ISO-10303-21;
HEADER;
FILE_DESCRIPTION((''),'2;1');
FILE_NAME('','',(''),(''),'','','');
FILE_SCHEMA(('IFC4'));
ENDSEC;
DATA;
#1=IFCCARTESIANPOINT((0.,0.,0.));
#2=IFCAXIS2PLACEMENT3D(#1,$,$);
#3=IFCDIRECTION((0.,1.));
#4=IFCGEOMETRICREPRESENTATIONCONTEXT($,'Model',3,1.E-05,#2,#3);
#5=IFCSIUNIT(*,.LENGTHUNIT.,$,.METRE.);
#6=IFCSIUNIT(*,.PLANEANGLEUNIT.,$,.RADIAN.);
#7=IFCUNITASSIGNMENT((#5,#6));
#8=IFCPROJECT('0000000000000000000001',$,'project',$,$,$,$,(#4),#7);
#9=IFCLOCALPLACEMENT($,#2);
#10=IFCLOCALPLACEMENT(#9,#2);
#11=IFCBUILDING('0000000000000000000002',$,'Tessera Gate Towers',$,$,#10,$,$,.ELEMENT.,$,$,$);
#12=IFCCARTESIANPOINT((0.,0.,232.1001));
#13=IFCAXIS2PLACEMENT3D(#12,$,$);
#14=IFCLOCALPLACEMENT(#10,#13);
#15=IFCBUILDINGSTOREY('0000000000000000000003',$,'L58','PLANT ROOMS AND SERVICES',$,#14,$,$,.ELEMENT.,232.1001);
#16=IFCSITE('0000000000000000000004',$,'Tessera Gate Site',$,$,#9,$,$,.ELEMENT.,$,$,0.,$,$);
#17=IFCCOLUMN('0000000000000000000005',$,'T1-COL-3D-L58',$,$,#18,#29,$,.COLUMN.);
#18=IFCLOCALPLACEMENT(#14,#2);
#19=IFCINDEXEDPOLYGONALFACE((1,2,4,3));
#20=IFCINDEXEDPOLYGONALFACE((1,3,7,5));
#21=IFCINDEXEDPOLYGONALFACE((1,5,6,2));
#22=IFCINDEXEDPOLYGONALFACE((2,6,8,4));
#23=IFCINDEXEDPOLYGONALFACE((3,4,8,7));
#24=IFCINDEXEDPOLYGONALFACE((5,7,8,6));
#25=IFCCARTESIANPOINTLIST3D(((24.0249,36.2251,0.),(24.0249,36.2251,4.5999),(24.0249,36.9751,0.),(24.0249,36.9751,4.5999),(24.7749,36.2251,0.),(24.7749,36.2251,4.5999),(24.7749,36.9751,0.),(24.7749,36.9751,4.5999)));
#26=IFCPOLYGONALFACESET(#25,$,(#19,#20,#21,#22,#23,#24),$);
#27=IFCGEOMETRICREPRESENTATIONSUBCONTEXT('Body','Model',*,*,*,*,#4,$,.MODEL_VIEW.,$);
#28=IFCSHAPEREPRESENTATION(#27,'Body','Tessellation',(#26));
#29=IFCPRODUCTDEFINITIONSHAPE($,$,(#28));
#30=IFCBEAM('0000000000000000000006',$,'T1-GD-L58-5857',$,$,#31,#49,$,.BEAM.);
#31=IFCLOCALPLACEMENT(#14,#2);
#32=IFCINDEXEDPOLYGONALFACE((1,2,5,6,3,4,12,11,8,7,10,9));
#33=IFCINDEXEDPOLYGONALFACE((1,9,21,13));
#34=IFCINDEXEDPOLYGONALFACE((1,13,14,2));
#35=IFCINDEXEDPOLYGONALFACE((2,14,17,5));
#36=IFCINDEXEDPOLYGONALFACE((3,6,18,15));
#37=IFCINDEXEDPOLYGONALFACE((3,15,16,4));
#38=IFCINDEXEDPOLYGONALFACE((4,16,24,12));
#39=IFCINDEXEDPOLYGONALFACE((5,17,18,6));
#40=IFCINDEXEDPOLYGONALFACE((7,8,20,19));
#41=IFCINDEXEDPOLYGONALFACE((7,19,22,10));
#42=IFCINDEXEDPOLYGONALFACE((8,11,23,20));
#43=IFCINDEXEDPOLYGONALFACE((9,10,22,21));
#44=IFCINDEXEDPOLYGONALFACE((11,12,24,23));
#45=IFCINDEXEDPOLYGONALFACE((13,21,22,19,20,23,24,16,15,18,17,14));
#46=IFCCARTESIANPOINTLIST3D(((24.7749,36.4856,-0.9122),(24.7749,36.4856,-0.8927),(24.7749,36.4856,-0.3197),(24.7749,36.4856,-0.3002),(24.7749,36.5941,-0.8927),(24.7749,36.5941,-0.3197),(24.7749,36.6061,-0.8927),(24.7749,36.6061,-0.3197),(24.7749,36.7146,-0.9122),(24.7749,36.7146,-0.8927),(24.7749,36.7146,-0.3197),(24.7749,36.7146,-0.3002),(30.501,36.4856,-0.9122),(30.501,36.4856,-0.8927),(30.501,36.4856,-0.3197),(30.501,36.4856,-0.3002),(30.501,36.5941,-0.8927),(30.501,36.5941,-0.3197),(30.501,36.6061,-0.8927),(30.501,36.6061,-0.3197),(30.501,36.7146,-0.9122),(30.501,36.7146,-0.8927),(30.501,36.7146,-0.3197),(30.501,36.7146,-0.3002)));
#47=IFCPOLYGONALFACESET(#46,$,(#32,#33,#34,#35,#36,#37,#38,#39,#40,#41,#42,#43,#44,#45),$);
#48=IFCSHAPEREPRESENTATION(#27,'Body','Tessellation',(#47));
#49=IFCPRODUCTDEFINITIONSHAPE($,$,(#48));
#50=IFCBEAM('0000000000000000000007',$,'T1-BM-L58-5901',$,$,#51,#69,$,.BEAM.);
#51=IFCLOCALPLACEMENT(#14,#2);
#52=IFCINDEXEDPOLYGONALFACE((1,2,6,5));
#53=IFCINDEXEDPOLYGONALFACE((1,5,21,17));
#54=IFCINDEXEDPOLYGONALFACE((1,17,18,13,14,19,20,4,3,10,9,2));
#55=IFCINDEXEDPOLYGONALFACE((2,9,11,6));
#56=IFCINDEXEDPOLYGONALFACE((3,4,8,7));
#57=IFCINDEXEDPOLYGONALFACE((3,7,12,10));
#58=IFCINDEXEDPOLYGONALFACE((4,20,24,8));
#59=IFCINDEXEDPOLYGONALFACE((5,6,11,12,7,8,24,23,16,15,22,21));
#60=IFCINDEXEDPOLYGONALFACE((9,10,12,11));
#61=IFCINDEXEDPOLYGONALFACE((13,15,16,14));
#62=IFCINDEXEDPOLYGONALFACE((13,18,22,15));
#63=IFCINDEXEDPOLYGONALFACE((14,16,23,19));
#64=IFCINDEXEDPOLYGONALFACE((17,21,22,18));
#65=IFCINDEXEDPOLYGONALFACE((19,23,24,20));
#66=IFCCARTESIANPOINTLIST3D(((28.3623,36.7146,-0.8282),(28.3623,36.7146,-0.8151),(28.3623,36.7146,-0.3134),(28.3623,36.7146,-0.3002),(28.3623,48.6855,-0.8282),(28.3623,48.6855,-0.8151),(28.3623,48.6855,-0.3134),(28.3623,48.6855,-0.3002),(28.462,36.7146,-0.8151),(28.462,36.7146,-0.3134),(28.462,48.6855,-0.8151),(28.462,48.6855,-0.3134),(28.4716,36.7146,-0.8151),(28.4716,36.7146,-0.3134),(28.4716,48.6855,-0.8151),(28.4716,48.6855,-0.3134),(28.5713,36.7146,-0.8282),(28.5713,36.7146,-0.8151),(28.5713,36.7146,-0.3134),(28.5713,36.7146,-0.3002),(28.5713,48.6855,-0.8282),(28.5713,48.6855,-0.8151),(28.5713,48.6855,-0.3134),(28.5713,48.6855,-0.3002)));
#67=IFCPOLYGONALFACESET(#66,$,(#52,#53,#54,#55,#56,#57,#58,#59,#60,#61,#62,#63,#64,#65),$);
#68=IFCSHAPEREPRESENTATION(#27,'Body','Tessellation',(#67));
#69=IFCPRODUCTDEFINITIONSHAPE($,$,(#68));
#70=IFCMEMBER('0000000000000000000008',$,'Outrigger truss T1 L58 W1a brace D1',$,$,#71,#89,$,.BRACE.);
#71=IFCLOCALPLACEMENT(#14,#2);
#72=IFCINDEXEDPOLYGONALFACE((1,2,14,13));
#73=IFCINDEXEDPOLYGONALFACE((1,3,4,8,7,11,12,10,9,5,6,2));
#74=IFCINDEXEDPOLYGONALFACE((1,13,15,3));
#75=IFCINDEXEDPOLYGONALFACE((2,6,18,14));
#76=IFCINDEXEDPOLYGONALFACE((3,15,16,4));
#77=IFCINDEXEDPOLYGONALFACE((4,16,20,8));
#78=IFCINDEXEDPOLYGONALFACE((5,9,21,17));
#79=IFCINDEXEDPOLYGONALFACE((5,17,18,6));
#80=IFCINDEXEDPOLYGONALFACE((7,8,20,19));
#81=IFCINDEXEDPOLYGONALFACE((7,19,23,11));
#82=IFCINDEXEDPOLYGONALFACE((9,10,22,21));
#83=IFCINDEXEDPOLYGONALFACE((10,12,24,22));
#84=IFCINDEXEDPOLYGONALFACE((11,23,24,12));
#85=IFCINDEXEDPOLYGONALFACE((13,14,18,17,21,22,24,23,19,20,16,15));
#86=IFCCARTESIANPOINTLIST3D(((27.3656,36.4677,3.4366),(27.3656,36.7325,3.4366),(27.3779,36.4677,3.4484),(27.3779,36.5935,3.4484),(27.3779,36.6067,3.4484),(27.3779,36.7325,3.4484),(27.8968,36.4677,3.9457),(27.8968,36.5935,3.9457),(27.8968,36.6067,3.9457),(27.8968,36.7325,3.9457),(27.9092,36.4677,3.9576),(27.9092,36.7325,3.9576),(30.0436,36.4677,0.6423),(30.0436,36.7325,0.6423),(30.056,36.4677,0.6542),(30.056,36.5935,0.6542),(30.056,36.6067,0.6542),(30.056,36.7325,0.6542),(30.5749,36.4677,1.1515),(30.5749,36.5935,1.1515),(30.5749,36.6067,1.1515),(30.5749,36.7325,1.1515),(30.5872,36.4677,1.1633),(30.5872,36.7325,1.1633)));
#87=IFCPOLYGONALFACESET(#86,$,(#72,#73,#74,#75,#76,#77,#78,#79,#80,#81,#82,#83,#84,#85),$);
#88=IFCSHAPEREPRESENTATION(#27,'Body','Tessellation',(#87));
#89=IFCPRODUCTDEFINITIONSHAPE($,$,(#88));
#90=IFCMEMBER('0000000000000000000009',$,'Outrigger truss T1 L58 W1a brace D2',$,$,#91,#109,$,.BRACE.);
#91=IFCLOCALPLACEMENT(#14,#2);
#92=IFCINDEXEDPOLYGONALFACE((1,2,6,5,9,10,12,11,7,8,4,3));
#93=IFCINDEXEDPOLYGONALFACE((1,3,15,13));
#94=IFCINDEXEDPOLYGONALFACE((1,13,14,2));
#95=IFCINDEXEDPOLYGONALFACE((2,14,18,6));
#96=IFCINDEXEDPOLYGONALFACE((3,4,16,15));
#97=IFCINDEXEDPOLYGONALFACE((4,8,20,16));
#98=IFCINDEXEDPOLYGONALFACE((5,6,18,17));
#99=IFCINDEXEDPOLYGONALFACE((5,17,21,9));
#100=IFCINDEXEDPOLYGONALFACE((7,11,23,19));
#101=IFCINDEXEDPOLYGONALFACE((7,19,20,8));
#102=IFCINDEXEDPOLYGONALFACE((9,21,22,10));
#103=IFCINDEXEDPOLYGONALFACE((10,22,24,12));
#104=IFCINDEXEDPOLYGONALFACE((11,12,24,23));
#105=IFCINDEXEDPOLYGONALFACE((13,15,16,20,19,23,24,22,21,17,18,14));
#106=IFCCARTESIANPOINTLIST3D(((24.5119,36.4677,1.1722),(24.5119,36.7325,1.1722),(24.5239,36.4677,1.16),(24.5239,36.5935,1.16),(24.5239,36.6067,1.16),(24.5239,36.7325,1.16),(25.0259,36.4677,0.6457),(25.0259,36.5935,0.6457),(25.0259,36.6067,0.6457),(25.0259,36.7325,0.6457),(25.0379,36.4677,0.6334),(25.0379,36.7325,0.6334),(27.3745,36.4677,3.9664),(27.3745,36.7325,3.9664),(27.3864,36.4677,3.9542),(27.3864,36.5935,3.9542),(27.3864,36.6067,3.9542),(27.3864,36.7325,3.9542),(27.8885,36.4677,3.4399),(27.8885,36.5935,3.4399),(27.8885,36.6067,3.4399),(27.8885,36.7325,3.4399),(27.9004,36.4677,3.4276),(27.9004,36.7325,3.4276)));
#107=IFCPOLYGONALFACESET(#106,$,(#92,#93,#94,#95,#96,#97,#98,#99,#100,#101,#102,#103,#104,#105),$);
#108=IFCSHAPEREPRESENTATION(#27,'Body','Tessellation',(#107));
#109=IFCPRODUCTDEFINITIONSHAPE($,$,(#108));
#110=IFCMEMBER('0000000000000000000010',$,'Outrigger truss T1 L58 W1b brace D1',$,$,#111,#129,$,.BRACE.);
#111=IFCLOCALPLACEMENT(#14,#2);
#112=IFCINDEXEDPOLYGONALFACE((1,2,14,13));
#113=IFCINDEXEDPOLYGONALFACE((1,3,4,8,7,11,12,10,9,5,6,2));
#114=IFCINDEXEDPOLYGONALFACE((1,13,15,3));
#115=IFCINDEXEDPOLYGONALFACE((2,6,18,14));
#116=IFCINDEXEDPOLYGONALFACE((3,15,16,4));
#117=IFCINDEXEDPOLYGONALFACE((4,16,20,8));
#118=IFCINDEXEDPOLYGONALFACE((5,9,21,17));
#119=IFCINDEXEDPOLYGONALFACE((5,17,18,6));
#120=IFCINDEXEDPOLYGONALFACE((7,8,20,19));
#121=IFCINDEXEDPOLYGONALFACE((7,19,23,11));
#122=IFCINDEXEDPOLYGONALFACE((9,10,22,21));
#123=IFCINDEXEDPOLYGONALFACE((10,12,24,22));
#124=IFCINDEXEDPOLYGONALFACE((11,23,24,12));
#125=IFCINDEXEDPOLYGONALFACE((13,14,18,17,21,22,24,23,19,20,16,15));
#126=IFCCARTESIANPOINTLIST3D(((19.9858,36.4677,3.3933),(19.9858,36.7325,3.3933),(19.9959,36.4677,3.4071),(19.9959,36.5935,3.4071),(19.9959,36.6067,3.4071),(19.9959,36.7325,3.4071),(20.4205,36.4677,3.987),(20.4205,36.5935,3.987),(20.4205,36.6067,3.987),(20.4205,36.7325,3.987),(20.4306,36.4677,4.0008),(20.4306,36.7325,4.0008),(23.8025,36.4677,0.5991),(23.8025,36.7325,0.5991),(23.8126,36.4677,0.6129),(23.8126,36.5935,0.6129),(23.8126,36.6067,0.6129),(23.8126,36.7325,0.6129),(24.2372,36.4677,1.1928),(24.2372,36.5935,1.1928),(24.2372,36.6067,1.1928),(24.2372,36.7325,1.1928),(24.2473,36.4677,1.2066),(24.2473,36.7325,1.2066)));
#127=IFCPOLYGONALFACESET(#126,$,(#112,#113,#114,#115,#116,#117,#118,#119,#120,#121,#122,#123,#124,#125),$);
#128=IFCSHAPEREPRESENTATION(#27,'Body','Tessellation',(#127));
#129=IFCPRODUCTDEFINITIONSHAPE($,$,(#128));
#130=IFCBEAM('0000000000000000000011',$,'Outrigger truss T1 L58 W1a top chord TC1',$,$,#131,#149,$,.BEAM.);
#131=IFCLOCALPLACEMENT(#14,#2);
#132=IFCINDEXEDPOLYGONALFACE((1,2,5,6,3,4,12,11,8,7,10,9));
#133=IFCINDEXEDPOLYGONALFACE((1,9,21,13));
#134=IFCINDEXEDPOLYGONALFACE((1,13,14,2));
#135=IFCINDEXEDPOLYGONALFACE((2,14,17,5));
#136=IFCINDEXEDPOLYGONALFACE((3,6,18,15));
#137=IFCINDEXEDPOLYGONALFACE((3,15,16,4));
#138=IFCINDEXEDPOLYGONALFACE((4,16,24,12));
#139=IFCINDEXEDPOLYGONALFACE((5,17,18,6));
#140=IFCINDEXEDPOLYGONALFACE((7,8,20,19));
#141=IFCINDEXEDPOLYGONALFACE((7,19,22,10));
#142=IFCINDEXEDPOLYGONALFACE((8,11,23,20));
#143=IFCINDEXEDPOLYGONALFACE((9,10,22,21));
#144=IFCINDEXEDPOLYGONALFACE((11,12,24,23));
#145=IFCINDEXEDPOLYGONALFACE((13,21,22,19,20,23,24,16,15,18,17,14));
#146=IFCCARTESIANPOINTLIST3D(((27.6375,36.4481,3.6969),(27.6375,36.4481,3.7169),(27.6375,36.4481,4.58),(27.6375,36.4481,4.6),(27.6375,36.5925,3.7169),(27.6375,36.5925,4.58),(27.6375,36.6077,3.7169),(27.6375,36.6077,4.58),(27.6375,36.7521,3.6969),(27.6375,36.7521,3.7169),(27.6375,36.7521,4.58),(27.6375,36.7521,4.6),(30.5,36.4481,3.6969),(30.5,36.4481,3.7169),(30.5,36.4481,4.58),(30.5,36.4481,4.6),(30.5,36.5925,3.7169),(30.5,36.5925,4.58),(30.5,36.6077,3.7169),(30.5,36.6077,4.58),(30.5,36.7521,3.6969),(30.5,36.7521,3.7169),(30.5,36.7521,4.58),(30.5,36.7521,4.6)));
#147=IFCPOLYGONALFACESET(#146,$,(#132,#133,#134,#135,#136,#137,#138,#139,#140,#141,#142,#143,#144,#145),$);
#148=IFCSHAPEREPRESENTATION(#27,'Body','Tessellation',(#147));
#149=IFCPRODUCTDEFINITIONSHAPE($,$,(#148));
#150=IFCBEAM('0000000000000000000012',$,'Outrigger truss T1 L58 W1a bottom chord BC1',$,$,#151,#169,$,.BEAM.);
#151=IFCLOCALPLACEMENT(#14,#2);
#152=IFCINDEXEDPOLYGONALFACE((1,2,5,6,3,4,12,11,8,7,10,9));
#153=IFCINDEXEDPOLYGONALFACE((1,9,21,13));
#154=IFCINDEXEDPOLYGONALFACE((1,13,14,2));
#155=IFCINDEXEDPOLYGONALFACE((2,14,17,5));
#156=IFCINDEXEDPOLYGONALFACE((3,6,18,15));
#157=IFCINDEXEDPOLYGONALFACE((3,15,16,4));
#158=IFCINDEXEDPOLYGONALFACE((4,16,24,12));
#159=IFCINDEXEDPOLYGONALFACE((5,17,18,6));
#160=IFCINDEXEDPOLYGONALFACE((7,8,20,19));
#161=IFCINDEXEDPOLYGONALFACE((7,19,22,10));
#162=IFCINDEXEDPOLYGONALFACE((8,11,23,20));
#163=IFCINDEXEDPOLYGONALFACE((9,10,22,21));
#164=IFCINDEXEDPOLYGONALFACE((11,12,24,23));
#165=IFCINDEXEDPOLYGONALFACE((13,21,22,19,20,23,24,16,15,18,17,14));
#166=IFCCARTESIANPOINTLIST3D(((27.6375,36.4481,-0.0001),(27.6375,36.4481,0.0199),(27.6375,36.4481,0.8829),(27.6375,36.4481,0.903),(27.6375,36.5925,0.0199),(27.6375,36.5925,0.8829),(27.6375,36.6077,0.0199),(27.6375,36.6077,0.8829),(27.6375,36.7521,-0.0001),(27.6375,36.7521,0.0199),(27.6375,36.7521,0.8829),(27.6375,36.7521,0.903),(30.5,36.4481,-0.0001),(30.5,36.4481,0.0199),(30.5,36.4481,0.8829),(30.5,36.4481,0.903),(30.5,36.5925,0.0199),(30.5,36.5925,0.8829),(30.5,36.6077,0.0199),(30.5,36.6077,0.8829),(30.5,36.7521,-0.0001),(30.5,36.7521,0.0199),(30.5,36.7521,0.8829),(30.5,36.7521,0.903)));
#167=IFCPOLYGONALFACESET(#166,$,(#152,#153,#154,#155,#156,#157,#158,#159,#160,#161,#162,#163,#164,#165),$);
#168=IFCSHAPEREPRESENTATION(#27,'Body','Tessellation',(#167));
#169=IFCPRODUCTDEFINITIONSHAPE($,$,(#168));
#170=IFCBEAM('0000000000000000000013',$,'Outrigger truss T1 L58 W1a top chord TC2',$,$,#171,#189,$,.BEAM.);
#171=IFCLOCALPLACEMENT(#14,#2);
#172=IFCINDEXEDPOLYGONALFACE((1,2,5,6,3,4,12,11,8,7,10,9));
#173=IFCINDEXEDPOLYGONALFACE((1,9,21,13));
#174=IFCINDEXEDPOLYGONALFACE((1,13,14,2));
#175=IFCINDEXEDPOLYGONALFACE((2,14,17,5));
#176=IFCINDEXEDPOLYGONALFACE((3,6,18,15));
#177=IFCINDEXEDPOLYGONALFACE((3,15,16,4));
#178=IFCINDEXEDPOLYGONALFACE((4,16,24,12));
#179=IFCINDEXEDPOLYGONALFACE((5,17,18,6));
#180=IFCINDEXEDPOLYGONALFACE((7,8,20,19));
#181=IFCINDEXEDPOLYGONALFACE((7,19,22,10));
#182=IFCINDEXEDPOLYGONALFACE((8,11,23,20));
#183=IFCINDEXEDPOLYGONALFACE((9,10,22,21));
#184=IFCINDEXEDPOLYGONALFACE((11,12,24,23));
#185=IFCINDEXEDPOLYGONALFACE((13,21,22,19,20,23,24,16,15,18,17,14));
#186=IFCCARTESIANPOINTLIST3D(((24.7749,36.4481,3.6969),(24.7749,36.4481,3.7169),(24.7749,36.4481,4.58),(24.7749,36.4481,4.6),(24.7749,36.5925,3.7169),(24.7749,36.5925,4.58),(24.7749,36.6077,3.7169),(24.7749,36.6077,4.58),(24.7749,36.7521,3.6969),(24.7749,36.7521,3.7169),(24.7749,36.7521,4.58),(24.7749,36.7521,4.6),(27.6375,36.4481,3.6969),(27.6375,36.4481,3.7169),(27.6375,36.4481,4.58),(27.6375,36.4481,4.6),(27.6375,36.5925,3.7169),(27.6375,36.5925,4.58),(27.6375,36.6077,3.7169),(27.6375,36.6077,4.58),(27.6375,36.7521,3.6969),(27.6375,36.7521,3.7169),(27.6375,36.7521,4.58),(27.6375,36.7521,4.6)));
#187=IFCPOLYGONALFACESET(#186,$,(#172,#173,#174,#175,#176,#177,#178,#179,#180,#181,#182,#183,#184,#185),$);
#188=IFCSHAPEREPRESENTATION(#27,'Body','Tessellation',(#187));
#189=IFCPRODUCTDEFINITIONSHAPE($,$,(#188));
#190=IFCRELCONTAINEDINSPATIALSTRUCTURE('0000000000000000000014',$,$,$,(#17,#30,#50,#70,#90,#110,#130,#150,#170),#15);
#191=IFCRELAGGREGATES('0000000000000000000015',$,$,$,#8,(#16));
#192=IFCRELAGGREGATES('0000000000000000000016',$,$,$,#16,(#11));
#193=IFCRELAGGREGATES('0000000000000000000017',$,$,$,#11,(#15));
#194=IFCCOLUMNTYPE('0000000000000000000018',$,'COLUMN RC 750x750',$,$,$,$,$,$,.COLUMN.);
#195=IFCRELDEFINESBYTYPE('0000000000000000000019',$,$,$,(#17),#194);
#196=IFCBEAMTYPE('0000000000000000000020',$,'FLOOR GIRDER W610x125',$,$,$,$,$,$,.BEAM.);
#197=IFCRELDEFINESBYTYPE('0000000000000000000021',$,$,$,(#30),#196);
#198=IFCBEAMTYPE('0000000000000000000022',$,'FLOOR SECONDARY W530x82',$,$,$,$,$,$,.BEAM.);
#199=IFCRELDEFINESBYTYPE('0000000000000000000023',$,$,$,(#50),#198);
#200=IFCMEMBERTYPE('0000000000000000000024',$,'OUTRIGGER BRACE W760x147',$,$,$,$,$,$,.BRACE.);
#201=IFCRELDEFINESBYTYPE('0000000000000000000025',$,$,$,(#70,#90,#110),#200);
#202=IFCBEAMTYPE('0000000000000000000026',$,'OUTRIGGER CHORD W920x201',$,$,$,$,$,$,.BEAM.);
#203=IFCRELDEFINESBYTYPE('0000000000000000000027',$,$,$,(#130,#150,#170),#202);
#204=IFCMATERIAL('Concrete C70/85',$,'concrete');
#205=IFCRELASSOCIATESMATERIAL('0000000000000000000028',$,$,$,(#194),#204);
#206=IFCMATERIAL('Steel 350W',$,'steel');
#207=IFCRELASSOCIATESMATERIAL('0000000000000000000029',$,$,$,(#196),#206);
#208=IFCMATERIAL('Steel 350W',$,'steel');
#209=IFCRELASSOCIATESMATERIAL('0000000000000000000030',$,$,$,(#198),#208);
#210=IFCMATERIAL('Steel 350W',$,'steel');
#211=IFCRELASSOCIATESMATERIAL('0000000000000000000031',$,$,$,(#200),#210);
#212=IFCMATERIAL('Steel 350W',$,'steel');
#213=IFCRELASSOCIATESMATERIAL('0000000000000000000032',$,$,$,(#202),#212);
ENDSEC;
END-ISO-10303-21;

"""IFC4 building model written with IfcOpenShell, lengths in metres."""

from ifc_helpers import new_model, si_unit, direction, frame, origin, origin_2d, place, context, subcontext, project, spatial, rectangle, i_section, extrude, material, material_profile, profile_set, type_object, element, save


model = new_model("IFC4")

# Units and contexts
model_context = context("Model", 3, precision=1e-05, world=origin(), true_north=direction((0.0, 1.0)))
body_context = subcontext(model_context, "Body", "Model", "MODEL_VIEW")
ifc_project = project(units=[si_unit("LENGTHUNIT", "METRE"), si_unit("PLANEANGLEUNIT", "RADIAN")], contexts=[model_context])

# Site, building, storey
site_placement = place(None, origin())
site = spatial("IfcSite", under=ifc_project, at=site_placement, Name="Tessera Gate Site", CompositionType="ELEMENT", RefElevation=0.0)
building_placement = place(site_placement, origin())
building = spatial("IfcBuilding", under=site, at=building_placement, Name="Tessera Gate Towers", CompositionType="ELEMENT")
storey_placement = place(building_placement, frame((0.0, 0.0, 232.1001)))
storey = spatial("IfcBuildingStorey", under=building, at=storey_placement, Name="L58", Description="PLANT ROOMS AND SERVICES", CompositionType="ELEMENT", Elevation=232.1001)

# Column
ifc_material_1 = material(Name="Concrete C70/85", Category="concrete")
ifc_material_profile_1 = material_profile(ifc_material_1, rectangle(XDim=0.75, YDim=0.75, at=origin_2d()), Name="RC 750x750")
ifc_profile_set_1 = profile_set([ifc_material_profile_1], Name="Concrete C70/85")
column_type = type_object("IfcColumnType", Name="COLUMN RC 750x750", PredefinedType="COLUMN", material=ifc_profile_set_1)
column_placement = place(storey_placement, frame((24.3999, 36.6001, 0.0), z_axis=(0.0, 0.0, 1.0), x_axis=(1.0, 0.0, 0.0)))
element("IfcColumn", 1, at=column_placement, inside=storey, type_object=column_type, Name="T1-COL-3D-L58", PredefinedType="COLUMN", context=body_context, shape_type="SweptSolid", body=[
    extrude(rectangle(XDim=0.75, YDim=0.75, at=origin_2d()), origin(), (0.0, 0.0, 1.0), 4.5999),
])

# Beams
ifc_material_2 = material(Name="Steel 350W", Category="steel")
ifc_material_profile_2 = material_profile(ifc_material_2, i_section(OverallWidth=0.229, OverallDepth=0.6121, WebThickness=0.012, FlangeThickness=0.0195, at=origin_2d()), Name="W610x125")
ifc_profile_set_2 = profile_set([ifc_material_profile_2], Name="Steel 350W")
beam_type_1 = type_object("IfcBeamType", Name="FLOOR GIRDER W610x125", PredefinedType="BEAM", material=ifc_profile_set_2)
beam_1_placement = place(storey_placement, frame((24.7749, 36.6001, -0.6062), z_axis=(1.0, 0.0, 0.0), x_axis=(0.0, 1.0, 0.0)))
element("IfcBeam", 2, at=beam_1_placement, inside=storey, type_object=beam_type_1, Name="T1-GD-L58-5857", PredefinedType="BEAM", context=body_context, shape_type="SweptSolid", body=[
    extrude(i_section(OverallWidth=0.229, OverallDepth=0.6121, WebThickness=0.012, FlangeThickness=0.0195, at=origin_2d()), origin(), (0.0, 0.0, 1.0), 5.7261),
])
ifc_material_3 = material(Name="Steel 350W", Category="steel")
ifc_material_profile_3 = material_profile(ifc_material_3, i_section(OverallWidth=0.209, OverallDepth=0.5281, WebThickness=0.0095, FlangeThickness=0.0132, at=origin_2d()), Name="W530x82")
ifc_profile_set_3 = profile_set([ifc_material_profile_3], Name="Steel 350W")
beam_type_2 = type_object("IfcBeamType", Name="FLOOR SECONDARY W530x82", PredefinedType="BEAM", material=ifc_profile_set_3)
beam_2_placement = place(storey_placement, frame((28.4668, 36.7146, -0.5642), z_axis=(0.0, 1.0, 0.0), x_axis=(-1.0, 0.0, 0.0)))
element("IfcBeam", 3, at=beam_2_placement, inside=storey, type_object=beam_type_2, Name="T1-BM-L58-5901", PredefinedType="BEAM", context=body_context, shape_type="SweptSolid", body=[
    extrude(i_section(OverallWidth=0.209, OverallDepth=0.5281, WebThickness=0.0095, FlangeThickness=0.0132, at=origin_2d()), origin(), (0.0, 0.0, 1.0), 11.9709),
])

# Members
ifc_material_4 = material(Name="Steel 350W", Category="steel")
ifc_material_profile_4 = material_profile(ifc_material_4, i_section(OverallWidth=0.2649, OverallDepth=0.7529, WebThickness=0.0132, FlangeThickness=0.0171, at=origin_2d()), Name="W760x147")
ifc_profile_set_4 = profile_set([ifc_material_profile_4], Name="Steel 350W")
member_type_1 = type_object("IfcMemberType", Name="OUTRIGGER BRACE W760x147", PredefinedType="BRACE", material=ifc_profile_set_4)
member_1_placement = place(storey_placement, frame((30.3154, 36.6001, 0.9028), z_axis=(-0.691934, 0.0, 0.721961), x_axis=(0.0, -1.0, 0.0)))
element("IfcMember", 4, at=member_1_placement, inside=storey, type_object=member_type_1, Name="Outrigger truss T1 L58 W1a brace D1", PredefinedType="BRACE", context=body_context, shape_type="SweptSolid", body=[
    extrude(i_section(OverallWidth=0.2649, OverallDepth=0.7529, WebThickness=0.0132, FlangeThickness=0.0171, at=origin_2d()), origin(), (0.0, 0.0, 1.0), 3.8704),
])
member_2_placement = place(storey_placement, frame((24.7749, 36.6001, 0.9028), z_axis=(0.7156, 0.0, 0.698511), x_axis=(0.0, 1.0, 0.0)))
element("IfcMember", 5, at=member_2_placement, inside=storey, type_object=member_type_1, Name="Outrigger truss T1 L58 W1a brace D2", PredefinedType="BRACE", context=body_context, shape_type="SweptSolid", body=[
    extrude(i_section(OverallWidth=0.2649, OverallDepth=0.7529, WebThickness=0.0132, FlangeThickness=0.0171, at=origin_2d()), origin(), (0.0, 0.0, 1.0), 4.0002),
])
member_3_placement = place(storey_placement, frame((24.0249, 36.6001, 0.9028), z_axis=(-0.806877, 0.0, 0.590719), x_axis=(0.0, -1.0, 0.0)))
element("IfcMember", 6, at=member_3_placement, inside=storey, type_object=member_type_1, Name="Outrigger truss T1 L58 W1b brace D1", PredefinedType="BRACE", context=body_context, shape_type="SweptSolid", body=[
    extrude(i_section(OverallWidth=0.2649, OverallDepth=0.7529, WebThickness=0.0132, FlangeThickness=0.0171, at=origin_2d()), origin(), (0.0, 0.0, 1.0), 4.7302),
])

# Beams
ifc_material_5 = material(Name="Steel 350W", Category="steel")
ifc_material_profile_5 = material_profile(ifc_material_5, i_section(OverallWidth=0.304, OverallDepth=0.9031, WebThickness=0.0151, FlangeThickness=0.02, at=origin_2d()), Name="W920x201")
ifc_profile_set_5 = profile_set([ifc_material_profile_5], Name="Steel 350W")
beam_type_3 = type_object("IfcBeamType", Name="OUTRIGGER CHORD W920x201", PredefinedType="BEAM", material=ifc_profile_set_5)
for number, where, z_axis, x_axis, name in (
    (7, (30.5, 36.6001, 4.1484), (-1.0, 0.0, 0.0), (0.0, -1.0, 0.0), "Outrigger truss T1 L58 W1a top chord TC1"),
    (8, (30.5, 36.6001, 0.4514), (-1.0, 0.0, 0.0), (0.0, -1.0, 0.0), "Outrigger truss T1 L58 W1a bottom chord BC1"),
    (9, (27.6375, 36.6001, 4.1484), (-1.0, 0.0, 0.0), (0.0, -1.0, 0.0), "Outrigger truss T1 L58 W1a top chord TC2"),
):
    element("IfcBeam", number, at=place(storey_placement, frame(where, z_axis=z_axis, x_axis=x_axis)), inside=storey, type_object=beam_type_3, Name=name, PredefinedType="BEAM", context=body_context, shape_type="SweptSolid", body=[
        extrude(i_section(OverallWidth=0.304, OverallDepth=0.9031, WebThickness=0.0151, FlangeThickness=0.02, at=origin_2d()), origin(), (0.0, 0.0, 1.0), 2.8625),
    ])

save(model, "model.ifc")
